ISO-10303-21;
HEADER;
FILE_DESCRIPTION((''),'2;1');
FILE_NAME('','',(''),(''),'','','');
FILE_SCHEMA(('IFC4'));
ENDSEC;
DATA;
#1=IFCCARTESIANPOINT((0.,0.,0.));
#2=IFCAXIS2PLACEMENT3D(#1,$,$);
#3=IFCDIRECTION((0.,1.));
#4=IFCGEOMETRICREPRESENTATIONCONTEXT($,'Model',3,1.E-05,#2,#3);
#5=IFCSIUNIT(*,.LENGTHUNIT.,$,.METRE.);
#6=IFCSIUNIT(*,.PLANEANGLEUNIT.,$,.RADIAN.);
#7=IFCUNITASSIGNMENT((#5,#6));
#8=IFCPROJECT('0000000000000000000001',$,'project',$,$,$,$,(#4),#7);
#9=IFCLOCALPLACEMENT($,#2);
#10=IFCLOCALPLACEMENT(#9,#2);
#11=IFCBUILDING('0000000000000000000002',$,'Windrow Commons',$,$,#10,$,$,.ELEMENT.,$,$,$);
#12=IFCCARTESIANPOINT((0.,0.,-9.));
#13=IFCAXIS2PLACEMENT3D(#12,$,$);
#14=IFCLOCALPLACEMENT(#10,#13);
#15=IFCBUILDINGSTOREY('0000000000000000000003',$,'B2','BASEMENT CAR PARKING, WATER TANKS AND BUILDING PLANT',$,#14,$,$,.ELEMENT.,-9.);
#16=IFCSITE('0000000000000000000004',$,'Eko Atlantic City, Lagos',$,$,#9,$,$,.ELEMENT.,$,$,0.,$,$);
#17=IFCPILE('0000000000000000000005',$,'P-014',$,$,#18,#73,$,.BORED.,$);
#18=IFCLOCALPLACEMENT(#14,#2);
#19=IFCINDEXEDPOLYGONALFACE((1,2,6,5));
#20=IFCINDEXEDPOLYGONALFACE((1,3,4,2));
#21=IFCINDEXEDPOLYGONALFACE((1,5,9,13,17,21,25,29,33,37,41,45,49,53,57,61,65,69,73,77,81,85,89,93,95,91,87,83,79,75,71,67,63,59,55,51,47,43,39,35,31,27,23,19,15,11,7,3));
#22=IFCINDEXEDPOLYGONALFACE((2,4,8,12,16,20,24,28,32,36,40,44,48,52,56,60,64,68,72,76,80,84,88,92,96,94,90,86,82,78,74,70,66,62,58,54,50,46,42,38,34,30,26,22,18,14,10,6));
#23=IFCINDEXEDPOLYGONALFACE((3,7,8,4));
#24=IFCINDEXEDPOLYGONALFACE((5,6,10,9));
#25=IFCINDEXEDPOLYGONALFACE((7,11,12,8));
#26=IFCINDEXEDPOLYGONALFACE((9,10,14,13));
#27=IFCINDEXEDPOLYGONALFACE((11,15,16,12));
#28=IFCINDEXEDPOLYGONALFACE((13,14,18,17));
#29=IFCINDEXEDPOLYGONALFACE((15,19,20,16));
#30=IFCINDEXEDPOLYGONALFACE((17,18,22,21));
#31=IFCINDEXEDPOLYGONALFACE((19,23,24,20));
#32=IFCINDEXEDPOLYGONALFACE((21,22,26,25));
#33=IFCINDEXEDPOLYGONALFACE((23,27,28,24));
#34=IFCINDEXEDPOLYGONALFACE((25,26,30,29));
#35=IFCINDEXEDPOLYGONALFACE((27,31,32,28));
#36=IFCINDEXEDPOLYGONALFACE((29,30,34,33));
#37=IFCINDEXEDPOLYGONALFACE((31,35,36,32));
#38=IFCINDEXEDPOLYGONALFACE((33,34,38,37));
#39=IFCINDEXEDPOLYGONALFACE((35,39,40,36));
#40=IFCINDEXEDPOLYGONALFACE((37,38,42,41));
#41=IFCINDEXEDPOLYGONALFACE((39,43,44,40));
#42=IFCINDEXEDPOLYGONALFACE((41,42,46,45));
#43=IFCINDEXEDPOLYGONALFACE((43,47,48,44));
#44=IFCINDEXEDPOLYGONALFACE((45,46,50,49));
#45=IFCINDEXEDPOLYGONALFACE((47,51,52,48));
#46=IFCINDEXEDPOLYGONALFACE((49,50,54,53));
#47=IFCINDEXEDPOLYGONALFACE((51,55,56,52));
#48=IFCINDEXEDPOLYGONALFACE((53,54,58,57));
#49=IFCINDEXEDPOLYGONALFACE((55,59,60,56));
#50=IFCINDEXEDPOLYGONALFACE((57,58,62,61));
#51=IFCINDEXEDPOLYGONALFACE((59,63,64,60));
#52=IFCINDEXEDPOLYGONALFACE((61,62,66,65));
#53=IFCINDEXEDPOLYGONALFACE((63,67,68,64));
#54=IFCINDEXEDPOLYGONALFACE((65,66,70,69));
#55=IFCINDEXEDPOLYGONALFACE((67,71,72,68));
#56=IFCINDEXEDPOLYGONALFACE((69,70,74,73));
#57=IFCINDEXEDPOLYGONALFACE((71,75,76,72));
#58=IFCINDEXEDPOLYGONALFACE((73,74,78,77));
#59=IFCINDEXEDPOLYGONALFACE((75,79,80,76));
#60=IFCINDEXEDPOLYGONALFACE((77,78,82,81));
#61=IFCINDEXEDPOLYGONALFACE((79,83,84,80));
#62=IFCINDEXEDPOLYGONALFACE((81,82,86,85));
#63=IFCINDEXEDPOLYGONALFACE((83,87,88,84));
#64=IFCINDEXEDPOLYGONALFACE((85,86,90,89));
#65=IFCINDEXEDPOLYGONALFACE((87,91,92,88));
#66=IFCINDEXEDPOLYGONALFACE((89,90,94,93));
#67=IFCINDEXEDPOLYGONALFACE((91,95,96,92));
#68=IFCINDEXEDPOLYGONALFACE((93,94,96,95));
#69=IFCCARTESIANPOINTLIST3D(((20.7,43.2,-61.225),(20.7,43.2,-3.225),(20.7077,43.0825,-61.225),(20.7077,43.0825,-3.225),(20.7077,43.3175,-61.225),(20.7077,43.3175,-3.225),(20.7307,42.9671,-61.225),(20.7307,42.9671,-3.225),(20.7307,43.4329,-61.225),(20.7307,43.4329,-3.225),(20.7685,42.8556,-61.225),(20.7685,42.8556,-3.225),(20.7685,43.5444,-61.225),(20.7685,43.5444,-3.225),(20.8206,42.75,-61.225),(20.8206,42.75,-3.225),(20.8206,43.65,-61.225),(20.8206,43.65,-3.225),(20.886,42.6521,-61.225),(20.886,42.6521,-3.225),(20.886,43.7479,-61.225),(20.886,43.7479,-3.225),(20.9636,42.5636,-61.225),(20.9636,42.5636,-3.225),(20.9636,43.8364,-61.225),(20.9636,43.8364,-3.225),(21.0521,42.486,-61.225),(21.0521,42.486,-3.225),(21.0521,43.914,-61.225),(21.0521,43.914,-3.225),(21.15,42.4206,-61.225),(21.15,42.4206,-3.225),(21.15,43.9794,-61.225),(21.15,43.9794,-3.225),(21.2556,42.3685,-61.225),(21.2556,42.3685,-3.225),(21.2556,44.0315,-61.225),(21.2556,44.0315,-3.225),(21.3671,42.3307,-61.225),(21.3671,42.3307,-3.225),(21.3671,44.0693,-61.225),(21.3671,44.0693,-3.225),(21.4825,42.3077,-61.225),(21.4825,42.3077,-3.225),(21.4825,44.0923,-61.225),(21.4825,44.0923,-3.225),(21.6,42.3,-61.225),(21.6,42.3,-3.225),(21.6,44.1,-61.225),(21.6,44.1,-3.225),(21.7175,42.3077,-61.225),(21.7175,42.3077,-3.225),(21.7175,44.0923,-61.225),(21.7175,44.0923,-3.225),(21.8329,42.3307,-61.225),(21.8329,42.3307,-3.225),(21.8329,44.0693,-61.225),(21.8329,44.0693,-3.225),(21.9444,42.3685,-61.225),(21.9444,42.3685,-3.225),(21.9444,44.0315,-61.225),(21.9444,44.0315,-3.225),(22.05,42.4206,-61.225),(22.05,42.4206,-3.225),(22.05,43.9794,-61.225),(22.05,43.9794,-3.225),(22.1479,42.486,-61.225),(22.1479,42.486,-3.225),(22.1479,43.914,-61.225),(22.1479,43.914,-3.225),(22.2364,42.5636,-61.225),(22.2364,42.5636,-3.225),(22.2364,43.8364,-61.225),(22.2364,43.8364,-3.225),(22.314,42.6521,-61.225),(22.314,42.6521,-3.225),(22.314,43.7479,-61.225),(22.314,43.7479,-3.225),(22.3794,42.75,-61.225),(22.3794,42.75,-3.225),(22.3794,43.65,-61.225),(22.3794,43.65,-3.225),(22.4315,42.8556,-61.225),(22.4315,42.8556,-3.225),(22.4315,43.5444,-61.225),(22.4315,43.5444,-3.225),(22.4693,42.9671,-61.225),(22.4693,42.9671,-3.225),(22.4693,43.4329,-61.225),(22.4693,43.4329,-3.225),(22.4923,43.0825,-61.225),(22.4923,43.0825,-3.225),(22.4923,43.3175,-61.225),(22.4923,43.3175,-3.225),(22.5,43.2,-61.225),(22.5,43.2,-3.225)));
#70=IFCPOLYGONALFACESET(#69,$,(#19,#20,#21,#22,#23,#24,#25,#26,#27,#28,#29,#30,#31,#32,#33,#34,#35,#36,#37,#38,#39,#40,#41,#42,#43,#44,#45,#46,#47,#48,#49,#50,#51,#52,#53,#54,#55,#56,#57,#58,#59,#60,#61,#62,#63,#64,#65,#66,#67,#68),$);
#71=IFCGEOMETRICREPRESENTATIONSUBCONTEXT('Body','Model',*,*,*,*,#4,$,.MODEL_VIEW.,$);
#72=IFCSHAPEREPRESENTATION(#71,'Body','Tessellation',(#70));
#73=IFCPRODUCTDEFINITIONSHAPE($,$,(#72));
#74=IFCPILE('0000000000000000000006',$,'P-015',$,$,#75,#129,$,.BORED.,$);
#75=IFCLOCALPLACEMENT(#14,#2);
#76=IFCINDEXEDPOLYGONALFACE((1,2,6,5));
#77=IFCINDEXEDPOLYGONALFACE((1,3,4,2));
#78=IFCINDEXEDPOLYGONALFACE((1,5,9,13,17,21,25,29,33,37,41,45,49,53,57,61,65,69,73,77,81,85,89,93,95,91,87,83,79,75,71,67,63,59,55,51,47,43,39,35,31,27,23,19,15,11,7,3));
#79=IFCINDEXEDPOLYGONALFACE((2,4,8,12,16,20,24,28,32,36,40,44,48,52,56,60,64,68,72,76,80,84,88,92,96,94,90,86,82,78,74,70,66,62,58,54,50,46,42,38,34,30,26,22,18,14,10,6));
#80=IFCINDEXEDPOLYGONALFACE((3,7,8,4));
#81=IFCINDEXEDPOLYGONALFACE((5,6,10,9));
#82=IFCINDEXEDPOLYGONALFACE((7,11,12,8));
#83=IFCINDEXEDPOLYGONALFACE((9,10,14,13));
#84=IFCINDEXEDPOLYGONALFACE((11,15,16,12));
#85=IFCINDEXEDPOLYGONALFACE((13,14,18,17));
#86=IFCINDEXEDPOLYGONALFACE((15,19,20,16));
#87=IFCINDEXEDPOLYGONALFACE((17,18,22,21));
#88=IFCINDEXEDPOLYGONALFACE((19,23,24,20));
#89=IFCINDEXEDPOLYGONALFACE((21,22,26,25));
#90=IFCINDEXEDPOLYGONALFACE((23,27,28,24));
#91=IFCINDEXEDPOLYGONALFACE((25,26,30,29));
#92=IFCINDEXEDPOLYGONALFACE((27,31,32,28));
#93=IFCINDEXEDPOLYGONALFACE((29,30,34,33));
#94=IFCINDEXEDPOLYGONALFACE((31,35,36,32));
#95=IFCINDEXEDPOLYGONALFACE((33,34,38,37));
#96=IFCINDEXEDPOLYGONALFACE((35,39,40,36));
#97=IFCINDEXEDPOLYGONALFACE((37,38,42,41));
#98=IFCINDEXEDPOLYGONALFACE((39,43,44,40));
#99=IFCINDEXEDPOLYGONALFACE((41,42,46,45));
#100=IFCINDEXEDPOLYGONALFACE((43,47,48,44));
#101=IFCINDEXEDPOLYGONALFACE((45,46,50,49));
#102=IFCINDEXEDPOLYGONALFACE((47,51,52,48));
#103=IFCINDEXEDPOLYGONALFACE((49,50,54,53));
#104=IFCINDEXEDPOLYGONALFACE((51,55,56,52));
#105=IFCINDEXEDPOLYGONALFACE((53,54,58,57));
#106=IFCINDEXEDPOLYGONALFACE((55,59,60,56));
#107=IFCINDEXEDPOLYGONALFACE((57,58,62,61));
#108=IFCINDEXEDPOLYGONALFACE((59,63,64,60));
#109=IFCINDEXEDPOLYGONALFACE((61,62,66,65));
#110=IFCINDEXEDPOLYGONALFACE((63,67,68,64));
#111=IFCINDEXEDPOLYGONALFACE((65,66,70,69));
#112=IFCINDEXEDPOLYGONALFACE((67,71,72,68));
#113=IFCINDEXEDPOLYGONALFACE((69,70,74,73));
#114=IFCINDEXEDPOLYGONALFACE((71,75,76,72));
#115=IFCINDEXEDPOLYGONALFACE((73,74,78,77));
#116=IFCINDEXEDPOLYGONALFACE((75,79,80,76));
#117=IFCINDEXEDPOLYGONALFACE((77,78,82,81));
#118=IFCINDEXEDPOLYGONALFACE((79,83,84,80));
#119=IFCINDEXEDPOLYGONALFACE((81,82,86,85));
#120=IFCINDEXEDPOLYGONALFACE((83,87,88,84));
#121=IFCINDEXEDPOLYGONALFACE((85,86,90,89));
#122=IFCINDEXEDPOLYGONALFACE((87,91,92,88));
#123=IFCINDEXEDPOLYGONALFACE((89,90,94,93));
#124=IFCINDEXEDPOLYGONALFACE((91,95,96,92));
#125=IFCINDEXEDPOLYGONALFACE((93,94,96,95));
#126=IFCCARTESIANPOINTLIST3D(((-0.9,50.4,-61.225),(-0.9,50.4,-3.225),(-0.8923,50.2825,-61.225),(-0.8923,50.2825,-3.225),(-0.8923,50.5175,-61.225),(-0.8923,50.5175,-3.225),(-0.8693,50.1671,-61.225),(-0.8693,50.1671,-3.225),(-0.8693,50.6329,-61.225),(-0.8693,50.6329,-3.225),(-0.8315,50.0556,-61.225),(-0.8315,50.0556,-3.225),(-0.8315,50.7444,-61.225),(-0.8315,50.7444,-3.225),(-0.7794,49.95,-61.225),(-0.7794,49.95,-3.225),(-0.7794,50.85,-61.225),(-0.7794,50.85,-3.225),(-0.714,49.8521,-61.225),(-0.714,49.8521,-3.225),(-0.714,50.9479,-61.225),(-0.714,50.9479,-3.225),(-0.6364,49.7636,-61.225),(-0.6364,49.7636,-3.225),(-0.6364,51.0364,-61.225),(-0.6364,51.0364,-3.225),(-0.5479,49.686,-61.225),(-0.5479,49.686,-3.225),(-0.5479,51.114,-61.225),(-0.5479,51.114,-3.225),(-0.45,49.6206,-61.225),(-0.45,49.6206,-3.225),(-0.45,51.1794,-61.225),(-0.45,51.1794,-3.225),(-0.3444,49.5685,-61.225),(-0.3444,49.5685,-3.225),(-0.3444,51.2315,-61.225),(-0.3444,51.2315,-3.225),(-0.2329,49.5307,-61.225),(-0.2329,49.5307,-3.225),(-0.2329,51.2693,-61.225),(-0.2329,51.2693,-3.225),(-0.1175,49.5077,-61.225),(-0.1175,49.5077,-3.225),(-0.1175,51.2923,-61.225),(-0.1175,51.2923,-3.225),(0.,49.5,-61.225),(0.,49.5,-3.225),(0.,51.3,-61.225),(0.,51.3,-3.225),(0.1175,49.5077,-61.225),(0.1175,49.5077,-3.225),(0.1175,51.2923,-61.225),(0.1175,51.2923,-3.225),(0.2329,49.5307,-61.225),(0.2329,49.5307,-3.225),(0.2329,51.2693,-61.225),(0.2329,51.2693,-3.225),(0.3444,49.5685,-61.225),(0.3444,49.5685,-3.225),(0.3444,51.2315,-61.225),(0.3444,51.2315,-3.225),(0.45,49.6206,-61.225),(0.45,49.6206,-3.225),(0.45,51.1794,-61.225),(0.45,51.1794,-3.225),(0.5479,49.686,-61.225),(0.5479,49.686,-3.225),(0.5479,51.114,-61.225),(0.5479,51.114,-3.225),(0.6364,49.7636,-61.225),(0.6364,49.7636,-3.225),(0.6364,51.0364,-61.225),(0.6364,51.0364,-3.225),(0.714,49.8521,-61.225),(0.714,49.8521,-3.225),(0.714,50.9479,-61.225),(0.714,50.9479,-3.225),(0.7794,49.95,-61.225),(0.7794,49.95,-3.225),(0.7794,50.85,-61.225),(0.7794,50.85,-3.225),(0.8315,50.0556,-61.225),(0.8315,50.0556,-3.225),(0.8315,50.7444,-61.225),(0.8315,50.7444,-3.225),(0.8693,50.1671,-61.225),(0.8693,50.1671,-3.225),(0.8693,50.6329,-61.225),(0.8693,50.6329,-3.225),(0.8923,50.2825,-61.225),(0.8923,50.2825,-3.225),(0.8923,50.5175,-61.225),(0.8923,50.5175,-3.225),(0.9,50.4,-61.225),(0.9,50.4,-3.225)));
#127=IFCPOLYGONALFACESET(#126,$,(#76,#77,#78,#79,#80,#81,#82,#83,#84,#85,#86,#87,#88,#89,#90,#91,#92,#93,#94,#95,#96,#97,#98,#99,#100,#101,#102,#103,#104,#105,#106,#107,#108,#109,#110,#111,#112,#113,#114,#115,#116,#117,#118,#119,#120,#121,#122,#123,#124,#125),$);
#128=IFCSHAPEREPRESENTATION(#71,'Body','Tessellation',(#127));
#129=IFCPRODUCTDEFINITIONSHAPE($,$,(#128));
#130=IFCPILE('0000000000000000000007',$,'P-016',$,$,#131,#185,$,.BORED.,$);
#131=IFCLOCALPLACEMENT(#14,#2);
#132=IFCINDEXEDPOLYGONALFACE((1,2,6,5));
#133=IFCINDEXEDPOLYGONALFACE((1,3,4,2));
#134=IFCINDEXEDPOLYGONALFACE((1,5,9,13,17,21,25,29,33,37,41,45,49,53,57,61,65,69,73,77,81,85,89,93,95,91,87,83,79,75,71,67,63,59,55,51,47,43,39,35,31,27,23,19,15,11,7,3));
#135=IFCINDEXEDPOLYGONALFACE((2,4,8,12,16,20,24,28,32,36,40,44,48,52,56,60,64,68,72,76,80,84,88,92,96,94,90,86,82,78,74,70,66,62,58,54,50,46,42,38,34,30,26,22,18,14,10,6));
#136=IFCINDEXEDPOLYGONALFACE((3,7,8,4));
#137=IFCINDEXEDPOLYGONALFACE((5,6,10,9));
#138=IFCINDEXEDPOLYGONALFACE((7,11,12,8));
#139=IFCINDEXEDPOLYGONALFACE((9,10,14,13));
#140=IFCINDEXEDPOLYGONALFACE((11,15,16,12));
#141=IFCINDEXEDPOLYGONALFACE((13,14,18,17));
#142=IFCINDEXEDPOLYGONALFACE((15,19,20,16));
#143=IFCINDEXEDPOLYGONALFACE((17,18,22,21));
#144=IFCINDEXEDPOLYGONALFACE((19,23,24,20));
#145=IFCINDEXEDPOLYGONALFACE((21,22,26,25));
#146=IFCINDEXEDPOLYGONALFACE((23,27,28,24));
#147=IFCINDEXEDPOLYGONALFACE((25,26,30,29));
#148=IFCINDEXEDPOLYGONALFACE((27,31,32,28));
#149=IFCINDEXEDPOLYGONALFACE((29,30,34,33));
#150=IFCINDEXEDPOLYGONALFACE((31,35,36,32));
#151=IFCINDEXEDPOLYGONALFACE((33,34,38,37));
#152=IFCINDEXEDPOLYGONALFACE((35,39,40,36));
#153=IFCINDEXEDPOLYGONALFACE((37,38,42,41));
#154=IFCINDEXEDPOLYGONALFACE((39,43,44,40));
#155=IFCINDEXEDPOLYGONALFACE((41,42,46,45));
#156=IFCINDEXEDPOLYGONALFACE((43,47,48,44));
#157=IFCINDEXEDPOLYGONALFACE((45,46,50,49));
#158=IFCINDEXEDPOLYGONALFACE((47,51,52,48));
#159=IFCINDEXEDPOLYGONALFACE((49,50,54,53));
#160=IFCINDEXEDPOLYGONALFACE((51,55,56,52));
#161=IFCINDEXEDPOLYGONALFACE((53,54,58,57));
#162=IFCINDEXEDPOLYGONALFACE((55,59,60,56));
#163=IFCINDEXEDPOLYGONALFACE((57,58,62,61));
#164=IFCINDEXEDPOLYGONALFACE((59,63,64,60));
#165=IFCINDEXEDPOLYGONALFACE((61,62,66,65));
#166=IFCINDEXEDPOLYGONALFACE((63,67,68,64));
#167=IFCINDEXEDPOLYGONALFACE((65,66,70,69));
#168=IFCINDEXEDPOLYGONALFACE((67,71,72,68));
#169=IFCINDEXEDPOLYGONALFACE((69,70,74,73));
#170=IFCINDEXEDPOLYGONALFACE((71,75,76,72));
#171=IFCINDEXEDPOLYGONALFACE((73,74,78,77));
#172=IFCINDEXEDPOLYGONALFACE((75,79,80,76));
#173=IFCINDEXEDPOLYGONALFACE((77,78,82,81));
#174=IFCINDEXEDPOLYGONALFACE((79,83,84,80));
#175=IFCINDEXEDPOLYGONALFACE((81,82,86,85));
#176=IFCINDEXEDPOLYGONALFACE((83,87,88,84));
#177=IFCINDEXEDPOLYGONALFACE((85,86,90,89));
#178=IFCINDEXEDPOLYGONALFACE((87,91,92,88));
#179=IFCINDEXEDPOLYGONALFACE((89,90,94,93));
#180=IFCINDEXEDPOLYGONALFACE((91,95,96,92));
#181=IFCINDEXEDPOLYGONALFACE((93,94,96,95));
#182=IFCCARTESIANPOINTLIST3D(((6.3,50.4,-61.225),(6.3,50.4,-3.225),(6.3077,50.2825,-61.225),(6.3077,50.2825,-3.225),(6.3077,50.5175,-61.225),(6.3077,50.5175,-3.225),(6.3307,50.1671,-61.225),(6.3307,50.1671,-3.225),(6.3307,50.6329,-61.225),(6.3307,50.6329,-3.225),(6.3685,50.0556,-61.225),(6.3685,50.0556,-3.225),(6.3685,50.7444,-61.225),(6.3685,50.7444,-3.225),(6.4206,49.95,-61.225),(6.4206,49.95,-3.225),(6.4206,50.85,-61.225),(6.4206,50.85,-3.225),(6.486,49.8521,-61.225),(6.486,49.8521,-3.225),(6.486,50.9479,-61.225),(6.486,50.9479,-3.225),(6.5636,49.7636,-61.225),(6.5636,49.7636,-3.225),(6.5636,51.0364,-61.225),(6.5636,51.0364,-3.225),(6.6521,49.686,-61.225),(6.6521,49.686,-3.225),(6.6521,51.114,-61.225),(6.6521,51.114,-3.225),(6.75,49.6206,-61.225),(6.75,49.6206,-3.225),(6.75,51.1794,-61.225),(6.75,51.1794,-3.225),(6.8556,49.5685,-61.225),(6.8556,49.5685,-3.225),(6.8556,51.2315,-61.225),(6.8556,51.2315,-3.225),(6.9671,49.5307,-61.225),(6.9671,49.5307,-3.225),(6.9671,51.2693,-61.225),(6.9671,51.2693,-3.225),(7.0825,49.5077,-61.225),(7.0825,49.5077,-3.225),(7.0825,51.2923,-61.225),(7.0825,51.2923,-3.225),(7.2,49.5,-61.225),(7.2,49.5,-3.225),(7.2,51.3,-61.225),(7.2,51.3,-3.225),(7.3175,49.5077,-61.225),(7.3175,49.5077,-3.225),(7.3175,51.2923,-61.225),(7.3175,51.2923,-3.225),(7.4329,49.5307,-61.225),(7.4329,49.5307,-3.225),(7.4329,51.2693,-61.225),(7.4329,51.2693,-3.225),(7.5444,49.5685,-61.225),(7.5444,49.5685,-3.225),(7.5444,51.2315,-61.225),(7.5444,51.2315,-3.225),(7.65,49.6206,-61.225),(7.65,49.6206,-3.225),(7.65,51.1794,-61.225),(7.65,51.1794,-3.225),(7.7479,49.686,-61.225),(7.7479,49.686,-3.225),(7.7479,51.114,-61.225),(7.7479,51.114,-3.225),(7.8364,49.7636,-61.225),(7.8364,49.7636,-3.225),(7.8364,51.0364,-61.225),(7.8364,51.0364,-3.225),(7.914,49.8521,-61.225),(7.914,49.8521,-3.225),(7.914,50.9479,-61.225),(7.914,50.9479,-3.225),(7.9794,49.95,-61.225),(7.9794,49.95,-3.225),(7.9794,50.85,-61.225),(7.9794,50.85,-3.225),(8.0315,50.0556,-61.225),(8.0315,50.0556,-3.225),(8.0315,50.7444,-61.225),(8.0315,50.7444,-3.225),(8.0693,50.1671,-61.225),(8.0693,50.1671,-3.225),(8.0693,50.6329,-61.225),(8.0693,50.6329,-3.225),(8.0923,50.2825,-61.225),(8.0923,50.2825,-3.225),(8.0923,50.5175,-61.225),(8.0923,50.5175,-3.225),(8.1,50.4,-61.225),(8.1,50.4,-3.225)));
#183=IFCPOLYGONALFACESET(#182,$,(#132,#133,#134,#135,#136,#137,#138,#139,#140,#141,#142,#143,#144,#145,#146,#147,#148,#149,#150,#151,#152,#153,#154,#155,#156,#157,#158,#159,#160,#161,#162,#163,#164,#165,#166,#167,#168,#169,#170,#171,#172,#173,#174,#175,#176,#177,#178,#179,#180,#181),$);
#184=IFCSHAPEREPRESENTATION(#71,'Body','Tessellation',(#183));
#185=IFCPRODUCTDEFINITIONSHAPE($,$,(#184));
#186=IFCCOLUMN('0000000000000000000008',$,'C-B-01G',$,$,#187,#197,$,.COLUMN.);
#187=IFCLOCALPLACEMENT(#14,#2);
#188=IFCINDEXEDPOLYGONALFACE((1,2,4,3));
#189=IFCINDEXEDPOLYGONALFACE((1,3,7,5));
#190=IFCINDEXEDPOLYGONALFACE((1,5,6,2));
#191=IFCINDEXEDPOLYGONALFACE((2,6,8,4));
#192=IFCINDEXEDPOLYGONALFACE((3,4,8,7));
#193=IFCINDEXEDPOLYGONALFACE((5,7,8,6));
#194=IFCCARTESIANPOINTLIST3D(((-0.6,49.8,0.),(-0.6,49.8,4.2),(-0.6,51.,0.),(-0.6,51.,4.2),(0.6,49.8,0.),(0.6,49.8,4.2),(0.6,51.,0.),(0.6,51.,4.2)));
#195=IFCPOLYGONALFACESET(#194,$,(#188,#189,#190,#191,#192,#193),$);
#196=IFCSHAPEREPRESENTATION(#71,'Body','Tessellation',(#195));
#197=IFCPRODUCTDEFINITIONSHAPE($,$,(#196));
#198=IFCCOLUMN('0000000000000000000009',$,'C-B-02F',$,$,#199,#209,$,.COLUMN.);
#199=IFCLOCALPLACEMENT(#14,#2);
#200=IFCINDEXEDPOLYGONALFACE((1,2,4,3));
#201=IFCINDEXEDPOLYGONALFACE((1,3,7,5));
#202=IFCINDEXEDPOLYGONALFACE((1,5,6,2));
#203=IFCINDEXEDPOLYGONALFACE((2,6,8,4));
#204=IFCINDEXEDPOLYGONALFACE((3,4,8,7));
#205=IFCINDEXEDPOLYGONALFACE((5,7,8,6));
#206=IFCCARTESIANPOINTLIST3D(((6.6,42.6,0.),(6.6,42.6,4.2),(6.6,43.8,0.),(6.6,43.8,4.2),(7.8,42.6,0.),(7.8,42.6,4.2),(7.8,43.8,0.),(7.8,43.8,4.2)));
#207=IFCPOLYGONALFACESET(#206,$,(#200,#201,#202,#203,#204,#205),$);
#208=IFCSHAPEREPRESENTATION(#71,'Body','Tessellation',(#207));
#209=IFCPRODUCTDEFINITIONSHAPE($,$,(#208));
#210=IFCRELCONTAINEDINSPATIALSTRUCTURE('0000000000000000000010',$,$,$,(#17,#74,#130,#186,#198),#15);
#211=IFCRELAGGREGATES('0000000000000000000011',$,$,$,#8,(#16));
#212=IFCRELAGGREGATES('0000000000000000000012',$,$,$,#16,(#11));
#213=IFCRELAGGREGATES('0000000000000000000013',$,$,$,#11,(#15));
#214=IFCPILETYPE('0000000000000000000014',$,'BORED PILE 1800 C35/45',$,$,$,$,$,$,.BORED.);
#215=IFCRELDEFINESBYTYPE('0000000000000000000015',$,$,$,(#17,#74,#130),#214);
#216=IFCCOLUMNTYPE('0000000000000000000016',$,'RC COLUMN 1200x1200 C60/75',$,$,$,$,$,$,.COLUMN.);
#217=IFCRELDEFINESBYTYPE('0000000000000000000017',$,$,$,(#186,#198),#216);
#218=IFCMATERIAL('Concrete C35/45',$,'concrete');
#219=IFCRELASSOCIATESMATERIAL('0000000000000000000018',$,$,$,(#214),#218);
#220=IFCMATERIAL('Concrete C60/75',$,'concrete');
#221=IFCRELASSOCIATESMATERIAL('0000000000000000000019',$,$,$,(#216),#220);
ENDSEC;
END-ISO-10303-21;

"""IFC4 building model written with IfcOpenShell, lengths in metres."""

from ifc_helpers import new_model, si_unit, direction, frame, origin, origin_2d, place, context, subcontext, project, spatial, rectangle, circle, extrude, material, material_profile, profile_set, type_object, element, save


model = new_model("IFC4")

# Units and contexts
model_context = context("Model", 3, precision=1e-05, world=origin(), true_north=direction((0.0, 1.0)))
body_context = subcontext(model_context, "Body", "Model", "MODEL_VIEW")
ifc_project = project(units=[si_unit("LENGTHUNIT", "METRE"), si_unit("PLANEANGLEUNIT", "RADIAN")], contexts=[model_context])

# Site, building, storey
site_placement = place(None, origin())
site = spatial("IfcSite", under=ifc_project, at=site_placement, Name="Eko Atlantic City, Lagos", CompositionType="ELEMENT", RefElevation=0.0)
building_placement = place(site_placement, origin())
building = spatial("IfcBuilding", under=site, at=building_placement, Name="Windrow Commons", CompositionType="ELEMENT")
storey_placement = place(building_placement, frame((0.0, 0.0, -9.0)))
storey = spatial("IfcBuildingStorey", under=building, at=storey_placement, Name="B2", Description="BASEMENT CAR PARKING, WATER TANKS AND BUILDING PLANT", CompositionType="ELEMENT", Elevation=-9.0)

# Piles
ifc_material_1 = material(Name="Concrete C35/45", Category="concrete")
ifc_material_profile_1 = material_profile(ifc_material_1, circle(Radius=0.9, at=origin_2d()))
ifc_profile_set_1 = profile_set([ifc_material_profile_1], Name="Concrete C35/45")
pile_type = type_object("IfcPileType", Name="BORED PILE 1800 C35/45", PredefinedType="BORED", material=ifc_profile_set_1)
for number, where, z_axis, x_axis, name in (
    (1, (21.6, 43.2, -3.225), (0.0, 0.0, -1.0), (1.0, 0.0, 0.0), "P-014"),
    (2, (0.0, 50.4, -3.225), (0.0, 0.0, -1.0), (1.0, 0.0, 0.0), "P-015"),
    (3, (7.2, 50.4, -3.225), (0.0, 0.0, -1.0), (1.0, 0.0, 0.0), "P-016"),
):
    element("IfcPile", number, at=place(storey_placement, frame(where, z_axis=z_axis, x_axis=x_axis)), inside=storey, type_object=pile_type, Name=name, PredefinedType="BORED", context=body_context, shape_type="SweptSolid", body=[
        extrude(circle(Radius=0.9, at=origin_2d()), origin(), (0.0, 0.0, 1.0), 58.0),
    ])

# Columns
ifc_material_2 = material(Name="Concrete C60/75", Category="concrete")
ifc_material_profile_2 = material_profile(ifc_material_2, rectangle(XDim=1.2, YDim=1.2, at=origin_2d()))
ifc_profile_set_2 = profile_set([ifc_material_profile_2], Name="Concrete C60/75")
column_type = type_object("IfcColumnType", Name="RC COLUMN 1200x1200 C60/75", PredefinedType="COLUMN", material=ifc_profile_set_2)
for number, where, z_axis, x_axis, name in (
    (4, (0.0, 50.4, 0.0), (0.0, 0.0, 1.0), (1.0, 0.0, 0.0), "C-B-01G"),
    (5, (7.2, 43.2, 0.0), (0.0, 0.0, 1.0), (1.0, 0.0, 0.0), "C-B-02F"),
):
    element("IfcColumn", number, at=place(storey_placement, frame(where, z_axis=z_axis, x_axis=x_axis)), inside=storey, type_object=column_type, Name=name, PredefinedType="COLUMN", context=body_context, shape_type="SweptSolid", body=[
        extrude(rectangle(XDim=1.2, YDim=1.2, at=origin_2d()), origin(), (0.0, 0.0, 1.0), 4.2),
    ])

save(model, "model.ifc")
